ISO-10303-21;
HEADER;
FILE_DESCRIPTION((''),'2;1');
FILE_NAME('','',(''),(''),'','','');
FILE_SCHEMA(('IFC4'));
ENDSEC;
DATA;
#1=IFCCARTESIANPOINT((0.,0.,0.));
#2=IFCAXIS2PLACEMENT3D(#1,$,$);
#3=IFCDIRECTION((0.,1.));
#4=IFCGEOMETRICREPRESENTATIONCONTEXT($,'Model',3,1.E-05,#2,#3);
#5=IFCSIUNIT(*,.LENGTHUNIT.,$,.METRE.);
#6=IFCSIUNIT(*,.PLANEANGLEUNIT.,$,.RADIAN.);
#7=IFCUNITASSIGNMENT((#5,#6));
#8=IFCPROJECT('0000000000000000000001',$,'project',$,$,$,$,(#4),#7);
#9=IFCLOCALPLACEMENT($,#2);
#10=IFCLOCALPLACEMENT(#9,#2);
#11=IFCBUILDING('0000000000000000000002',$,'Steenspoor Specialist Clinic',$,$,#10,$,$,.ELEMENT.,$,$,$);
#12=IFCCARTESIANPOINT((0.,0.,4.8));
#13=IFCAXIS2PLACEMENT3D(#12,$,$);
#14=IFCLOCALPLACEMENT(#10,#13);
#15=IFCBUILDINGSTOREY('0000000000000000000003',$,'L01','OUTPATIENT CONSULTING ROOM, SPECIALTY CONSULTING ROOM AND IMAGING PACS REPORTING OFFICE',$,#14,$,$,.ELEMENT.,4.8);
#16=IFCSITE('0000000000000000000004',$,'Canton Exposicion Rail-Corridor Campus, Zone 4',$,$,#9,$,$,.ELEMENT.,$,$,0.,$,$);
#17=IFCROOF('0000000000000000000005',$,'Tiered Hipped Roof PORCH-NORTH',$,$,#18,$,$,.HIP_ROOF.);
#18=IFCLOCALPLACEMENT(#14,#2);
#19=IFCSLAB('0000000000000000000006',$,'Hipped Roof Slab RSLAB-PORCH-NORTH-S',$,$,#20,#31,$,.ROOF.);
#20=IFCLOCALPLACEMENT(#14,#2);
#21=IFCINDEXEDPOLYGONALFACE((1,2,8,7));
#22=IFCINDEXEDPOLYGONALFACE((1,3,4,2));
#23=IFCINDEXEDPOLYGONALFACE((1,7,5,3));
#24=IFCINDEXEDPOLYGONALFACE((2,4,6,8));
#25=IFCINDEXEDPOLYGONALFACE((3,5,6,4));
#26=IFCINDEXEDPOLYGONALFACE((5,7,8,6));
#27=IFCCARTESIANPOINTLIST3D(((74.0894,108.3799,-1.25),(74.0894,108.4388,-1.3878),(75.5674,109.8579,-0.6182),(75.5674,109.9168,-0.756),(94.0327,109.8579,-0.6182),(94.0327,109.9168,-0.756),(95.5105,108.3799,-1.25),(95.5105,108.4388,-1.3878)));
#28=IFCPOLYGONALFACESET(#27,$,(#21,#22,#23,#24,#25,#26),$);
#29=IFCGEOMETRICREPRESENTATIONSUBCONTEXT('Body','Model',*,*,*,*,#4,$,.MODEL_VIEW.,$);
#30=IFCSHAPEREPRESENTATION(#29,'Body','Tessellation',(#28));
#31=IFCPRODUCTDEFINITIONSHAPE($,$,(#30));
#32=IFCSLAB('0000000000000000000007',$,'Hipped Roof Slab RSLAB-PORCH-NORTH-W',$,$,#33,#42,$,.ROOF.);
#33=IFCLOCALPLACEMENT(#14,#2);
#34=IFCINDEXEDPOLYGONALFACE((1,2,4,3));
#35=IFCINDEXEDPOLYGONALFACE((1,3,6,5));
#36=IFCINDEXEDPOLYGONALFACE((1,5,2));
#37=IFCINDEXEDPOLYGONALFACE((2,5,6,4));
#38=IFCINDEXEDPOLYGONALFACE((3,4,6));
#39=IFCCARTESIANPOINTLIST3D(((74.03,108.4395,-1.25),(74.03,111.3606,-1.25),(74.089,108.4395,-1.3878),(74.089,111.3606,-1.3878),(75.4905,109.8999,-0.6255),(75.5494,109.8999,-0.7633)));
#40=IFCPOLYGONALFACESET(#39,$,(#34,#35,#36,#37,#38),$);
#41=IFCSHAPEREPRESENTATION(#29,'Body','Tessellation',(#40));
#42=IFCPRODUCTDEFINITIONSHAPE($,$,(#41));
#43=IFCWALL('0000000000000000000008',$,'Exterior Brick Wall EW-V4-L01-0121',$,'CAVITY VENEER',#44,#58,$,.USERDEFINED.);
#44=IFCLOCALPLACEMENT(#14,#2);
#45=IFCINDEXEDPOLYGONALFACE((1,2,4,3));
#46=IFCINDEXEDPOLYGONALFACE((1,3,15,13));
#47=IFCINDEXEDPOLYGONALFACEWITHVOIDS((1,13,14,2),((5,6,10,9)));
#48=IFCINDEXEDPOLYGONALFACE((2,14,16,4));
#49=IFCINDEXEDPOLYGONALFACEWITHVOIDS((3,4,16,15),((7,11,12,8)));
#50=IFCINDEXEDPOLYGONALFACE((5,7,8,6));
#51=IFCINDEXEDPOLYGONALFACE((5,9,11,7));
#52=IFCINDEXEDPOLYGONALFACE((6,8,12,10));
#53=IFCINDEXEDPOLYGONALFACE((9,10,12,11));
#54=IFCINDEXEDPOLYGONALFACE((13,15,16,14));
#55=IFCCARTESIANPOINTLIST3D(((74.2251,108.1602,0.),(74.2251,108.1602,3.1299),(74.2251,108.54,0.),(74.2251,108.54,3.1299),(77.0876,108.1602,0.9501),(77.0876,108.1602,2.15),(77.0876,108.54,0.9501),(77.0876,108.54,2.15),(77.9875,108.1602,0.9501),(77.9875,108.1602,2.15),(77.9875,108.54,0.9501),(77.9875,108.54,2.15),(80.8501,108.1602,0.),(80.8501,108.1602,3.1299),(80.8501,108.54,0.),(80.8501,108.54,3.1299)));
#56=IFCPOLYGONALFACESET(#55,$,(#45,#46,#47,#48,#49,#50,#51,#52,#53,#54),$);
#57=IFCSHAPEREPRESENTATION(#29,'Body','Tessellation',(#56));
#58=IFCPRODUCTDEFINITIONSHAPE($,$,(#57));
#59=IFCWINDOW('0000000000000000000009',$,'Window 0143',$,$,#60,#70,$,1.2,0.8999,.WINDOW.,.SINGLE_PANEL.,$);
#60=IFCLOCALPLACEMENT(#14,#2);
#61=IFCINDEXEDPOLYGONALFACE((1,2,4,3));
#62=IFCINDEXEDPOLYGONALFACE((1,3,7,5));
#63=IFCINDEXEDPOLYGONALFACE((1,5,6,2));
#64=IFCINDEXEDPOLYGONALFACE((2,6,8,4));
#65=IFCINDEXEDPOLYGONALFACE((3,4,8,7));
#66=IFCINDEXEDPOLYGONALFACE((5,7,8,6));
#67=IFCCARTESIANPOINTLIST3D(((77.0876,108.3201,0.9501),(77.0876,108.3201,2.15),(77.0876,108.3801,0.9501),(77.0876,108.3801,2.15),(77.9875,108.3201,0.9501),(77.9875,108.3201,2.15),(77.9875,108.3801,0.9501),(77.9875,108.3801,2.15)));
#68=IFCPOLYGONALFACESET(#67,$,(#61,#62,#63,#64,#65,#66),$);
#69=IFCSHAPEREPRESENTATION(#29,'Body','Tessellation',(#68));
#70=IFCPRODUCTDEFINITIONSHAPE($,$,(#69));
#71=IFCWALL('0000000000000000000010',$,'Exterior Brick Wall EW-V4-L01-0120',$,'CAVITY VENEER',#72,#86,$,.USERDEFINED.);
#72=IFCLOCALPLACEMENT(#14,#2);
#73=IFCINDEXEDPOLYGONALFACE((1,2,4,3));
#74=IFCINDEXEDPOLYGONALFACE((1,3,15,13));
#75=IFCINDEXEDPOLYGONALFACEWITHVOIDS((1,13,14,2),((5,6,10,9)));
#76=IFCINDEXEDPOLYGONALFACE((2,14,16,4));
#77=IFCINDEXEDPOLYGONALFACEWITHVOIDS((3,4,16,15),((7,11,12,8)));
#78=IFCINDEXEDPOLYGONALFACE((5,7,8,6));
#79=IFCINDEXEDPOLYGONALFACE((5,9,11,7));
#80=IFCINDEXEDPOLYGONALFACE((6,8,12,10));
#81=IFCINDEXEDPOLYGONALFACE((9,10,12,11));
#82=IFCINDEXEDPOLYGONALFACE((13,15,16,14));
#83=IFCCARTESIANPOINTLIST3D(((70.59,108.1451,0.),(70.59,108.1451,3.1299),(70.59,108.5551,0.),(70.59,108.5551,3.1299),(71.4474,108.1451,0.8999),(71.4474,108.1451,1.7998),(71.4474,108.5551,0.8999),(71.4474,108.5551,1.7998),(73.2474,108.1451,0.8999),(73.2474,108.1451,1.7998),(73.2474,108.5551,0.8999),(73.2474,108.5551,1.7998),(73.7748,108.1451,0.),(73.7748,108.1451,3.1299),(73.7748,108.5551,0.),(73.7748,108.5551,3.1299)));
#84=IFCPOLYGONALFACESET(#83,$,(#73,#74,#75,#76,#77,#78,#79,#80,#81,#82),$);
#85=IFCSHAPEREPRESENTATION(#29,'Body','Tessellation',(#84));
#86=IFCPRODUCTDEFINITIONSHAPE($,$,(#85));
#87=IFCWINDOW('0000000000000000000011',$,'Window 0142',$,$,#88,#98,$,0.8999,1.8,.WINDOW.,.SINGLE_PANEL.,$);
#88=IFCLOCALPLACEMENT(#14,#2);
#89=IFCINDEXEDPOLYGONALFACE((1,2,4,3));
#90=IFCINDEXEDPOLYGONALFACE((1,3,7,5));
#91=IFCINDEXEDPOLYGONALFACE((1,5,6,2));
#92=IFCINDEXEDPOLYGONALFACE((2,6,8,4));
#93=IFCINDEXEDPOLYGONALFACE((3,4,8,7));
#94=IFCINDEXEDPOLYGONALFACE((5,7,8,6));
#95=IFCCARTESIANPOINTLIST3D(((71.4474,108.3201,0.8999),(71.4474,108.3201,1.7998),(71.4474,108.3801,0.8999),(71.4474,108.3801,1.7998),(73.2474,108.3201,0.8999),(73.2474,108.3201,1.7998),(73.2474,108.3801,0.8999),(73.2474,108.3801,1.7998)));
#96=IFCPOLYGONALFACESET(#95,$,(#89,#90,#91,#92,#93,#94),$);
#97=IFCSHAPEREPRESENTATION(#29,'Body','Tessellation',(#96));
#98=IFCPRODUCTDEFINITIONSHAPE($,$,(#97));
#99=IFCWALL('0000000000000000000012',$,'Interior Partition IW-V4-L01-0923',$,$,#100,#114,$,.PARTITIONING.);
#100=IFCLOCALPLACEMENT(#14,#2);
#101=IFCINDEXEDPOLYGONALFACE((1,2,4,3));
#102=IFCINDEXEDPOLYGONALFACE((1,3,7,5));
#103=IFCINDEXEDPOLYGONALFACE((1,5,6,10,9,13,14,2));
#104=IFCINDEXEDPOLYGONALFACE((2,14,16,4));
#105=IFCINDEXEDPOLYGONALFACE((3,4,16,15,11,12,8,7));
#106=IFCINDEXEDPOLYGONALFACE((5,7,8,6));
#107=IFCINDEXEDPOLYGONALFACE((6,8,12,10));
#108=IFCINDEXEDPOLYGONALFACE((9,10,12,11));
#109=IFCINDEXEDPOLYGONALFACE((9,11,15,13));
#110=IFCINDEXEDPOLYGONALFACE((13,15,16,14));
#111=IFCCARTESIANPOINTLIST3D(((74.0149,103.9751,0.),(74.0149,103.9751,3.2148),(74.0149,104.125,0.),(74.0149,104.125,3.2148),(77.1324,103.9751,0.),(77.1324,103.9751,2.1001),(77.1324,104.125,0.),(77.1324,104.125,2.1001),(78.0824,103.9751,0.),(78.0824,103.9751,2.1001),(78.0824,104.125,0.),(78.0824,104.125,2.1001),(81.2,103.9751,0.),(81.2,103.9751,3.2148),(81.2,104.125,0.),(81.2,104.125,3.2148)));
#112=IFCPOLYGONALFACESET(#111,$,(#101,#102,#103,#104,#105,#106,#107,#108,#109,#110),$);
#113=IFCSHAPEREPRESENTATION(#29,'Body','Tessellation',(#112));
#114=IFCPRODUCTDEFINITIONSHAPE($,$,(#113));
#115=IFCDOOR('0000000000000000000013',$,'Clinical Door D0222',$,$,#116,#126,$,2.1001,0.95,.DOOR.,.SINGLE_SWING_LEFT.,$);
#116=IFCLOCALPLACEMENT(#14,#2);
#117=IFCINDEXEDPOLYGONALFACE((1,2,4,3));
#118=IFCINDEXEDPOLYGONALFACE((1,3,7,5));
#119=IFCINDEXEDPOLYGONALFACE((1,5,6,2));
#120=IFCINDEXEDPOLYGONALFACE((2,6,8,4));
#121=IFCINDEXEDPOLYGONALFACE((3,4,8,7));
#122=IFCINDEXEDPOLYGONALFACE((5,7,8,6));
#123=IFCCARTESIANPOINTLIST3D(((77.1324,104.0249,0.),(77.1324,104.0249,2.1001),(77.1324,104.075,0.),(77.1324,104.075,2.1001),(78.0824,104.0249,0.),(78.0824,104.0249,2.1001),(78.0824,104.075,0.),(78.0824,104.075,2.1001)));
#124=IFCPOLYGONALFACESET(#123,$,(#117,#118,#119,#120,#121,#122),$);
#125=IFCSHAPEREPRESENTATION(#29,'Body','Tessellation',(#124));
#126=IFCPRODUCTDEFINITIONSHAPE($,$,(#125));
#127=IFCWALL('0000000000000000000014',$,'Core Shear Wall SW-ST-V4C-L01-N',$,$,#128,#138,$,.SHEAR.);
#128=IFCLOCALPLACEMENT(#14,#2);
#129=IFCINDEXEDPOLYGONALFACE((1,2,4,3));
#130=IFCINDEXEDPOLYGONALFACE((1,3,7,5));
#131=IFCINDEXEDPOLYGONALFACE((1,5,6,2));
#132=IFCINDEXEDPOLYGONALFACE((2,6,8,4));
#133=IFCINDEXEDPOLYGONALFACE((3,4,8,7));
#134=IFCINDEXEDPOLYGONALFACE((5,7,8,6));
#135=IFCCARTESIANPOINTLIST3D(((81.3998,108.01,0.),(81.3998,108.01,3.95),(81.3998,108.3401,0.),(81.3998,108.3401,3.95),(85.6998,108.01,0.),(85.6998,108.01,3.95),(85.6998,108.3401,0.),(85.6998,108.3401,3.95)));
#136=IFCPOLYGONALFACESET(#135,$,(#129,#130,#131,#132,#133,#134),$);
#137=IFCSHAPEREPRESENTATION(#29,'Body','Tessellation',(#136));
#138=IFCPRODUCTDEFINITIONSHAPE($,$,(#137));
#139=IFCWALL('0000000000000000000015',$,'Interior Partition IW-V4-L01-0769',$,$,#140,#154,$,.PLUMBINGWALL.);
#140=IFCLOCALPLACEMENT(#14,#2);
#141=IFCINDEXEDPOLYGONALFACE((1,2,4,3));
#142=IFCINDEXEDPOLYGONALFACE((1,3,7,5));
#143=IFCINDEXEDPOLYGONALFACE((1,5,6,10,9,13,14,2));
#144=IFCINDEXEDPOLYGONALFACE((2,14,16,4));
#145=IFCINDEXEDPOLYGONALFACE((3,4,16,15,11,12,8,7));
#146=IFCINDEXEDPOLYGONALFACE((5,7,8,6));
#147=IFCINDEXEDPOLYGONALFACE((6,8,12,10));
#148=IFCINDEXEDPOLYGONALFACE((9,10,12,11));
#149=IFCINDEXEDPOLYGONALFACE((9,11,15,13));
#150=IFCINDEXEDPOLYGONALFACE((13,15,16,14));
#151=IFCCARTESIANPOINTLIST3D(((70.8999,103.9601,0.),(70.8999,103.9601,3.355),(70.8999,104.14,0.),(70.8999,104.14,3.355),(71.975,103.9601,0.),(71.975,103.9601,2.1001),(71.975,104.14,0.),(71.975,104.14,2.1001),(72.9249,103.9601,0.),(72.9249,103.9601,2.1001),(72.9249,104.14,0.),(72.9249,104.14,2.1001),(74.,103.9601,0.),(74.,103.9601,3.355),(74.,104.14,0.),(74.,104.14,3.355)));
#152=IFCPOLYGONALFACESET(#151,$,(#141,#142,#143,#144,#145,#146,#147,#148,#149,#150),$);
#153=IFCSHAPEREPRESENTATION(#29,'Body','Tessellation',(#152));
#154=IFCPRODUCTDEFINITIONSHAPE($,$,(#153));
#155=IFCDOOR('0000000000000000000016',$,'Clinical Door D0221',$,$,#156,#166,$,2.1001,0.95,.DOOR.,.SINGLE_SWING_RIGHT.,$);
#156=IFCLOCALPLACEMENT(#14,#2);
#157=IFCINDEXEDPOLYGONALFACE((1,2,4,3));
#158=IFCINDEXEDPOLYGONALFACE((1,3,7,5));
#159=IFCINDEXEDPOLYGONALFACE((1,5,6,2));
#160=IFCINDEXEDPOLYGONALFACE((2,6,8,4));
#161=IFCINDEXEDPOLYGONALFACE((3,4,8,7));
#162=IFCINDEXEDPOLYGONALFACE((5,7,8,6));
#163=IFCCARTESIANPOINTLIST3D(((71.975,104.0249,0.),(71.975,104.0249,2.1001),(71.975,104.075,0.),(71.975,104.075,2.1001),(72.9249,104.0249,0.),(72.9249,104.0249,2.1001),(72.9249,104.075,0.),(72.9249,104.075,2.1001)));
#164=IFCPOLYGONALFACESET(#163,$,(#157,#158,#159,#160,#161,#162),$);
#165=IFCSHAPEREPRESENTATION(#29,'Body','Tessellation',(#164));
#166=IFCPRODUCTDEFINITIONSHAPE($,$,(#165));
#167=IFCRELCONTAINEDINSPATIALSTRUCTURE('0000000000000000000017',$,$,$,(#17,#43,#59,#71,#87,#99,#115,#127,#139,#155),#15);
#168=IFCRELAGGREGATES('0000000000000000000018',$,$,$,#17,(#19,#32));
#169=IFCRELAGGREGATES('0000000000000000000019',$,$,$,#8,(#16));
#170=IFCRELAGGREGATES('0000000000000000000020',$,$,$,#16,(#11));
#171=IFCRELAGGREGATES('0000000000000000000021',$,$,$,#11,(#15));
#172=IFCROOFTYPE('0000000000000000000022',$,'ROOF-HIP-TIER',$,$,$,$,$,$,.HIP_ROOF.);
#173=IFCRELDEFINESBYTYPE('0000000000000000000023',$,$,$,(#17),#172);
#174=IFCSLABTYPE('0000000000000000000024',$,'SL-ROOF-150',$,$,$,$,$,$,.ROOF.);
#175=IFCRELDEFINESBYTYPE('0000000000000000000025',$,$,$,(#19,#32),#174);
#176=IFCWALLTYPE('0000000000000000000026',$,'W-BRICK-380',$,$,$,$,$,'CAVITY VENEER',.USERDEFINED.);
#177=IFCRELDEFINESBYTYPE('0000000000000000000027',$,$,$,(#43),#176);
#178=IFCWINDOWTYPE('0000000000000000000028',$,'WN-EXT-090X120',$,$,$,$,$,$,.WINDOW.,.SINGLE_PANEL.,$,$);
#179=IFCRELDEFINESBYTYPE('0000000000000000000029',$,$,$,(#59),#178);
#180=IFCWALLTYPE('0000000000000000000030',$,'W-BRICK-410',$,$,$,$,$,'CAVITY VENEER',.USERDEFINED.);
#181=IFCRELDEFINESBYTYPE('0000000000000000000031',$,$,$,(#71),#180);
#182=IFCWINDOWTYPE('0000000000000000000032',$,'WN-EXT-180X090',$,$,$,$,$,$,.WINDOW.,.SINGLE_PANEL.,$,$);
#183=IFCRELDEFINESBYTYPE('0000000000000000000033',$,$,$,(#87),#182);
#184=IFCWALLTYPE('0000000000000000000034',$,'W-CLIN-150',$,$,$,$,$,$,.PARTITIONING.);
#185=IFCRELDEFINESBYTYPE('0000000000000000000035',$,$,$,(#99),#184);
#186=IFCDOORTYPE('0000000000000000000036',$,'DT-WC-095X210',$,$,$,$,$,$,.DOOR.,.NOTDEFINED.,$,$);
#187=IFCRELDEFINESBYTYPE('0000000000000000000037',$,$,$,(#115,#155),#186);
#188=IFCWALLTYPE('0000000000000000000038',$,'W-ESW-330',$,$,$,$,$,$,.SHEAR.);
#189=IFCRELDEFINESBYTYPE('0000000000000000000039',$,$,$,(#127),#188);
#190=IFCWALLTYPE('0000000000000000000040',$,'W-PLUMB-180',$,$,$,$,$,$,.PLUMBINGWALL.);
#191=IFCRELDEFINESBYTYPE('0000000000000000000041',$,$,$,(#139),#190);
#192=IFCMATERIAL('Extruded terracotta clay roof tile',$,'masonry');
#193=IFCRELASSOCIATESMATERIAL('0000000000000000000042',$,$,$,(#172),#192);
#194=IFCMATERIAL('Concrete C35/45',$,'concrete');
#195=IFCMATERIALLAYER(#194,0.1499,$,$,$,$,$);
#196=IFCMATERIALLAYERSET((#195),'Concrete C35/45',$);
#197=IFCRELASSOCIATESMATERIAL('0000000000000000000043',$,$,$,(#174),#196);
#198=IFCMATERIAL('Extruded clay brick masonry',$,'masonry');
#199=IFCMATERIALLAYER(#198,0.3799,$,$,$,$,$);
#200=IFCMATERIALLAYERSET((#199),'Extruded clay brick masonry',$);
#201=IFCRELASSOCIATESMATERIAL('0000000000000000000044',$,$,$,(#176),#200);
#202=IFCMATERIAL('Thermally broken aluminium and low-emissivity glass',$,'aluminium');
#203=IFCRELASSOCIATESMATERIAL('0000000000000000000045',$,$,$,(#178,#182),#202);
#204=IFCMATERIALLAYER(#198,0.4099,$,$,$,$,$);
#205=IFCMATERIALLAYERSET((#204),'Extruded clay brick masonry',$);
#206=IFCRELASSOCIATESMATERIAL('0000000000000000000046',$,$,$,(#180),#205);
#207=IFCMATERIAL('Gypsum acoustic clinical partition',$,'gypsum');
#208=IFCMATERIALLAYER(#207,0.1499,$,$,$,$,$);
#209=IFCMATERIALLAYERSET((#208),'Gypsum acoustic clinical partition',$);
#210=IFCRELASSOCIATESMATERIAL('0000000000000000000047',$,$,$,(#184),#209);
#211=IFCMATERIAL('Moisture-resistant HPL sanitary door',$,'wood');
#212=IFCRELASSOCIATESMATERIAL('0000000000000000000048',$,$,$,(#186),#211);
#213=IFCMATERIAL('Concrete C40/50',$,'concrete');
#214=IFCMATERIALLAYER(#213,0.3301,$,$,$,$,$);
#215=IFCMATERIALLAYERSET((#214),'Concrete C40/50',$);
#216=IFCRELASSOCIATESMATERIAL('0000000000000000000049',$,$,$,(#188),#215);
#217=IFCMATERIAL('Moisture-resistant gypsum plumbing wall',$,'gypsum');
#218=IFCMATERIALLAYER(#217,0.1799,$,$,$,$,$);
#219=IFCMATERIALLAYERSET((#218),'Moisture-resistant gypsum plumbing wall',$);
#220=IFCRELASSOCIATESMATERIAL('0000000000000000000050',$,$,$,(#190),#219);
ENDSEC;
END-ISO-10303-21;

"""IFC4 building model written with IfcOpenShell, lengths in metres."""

from ifc_helpers import new_model, si_unit, direction, frame, frame_2d, origin, place, context, subcontext, project, spatial, polyline, rectangle, outline, extrude, material, layer, layer_set, type_object, element, fill, aggregate, save


model = new_model("IFC4")

# Units and contexts
model_context = context("Model", 3, precision=1e-05, world=origin(), true_north=direction((0.0, 1.0)))
body_context = subcontext(model_context, "Body", "Model", "MODEL_VIEW")
ifc_project = project(units=[si_unit("LENGTHUNIT", "METRE"), si_unit("PLANEANGLEUNIT", "RADIAN")], contexts=[model_context])

# Site, building, storey
site_placement = place(None, origin())
site = spatial("IfcSite", under=ifc_project, at=site_placement, Name="Canton Exposicion Rail-Corridor Campus, Zone 4", CompositionType="ELEMENT", RefElevation=0.0)
building_placement = place(site_placement, origin())
building = spatial("IfcBuilding", under=site, at=building_placement, Name="Steenspoor Specialist Clinic", CompositionType="ELEMENT")
storey_placement = place(building_placement, frame((0.0, 0.0, 4.8)))
storey = spatial("IfcBuildingStorey", under=building, at=storey_placement, Name="L01", Description="OUTPATIENT CONSULTING ROOM, SPECIALTY CONSULTING ROOM AND IMAGING PACS REPORTING OFFICE", CompositionType="ELEMENT", Elevation=4.8)

# Shared definitions
ifc_material_1 = material(Name="Concrete C40/50", Category="concrete")

# Shared definitions
ifc_material_2 = material(Name="Concrete C35/45", Category="concrete")

# Shared definitions
ifc_material_3 = material(Name="Thermally broken aluminium and low-emissivity glass", Category="aluminium")

# Roof, slabs
ifc_material_4 = material(Name="Extruded terracotta clay roof tile", Category="masonry")
roof_type = type_object("IfcRoofType", Name="ROOF-HIP-TIER", PredefinedType="HIP_ROOF", material=ifc_material_4)
roof_placement = place(storey_placement, origin())
roof = element("IfcRoof", 1, at=roof_placement, inside=storey, type_object=roof_type, Name="Tiered Hipped Roof PORCH-NORTH", PredefinedType="HIP_ROOF")
ifc_layer_1 = layer(ifc_material_2, 0.1499)
ifc_layer_set_1 = layer_set([ifc_layer_1], Name="Concrete C35/45")
slab_type = type_object("IfcSlabType", Name="SL-ROOF-150", PredefinedType="ROOF", material=ifc_layer_set_1)
slab_1_placement = place(storey_placement, frame((75.5674, 109.8579, -0.6182), z_axis=(0.0, -0.393076, 0.919506), x_axis=(-0.67686, -0.67686, -0.289348)))
slab_1 = element("IfcSlab", 2, at=slab_1_placement, type_object=slab_type, Name="Hipped Roof Slab RSLAB-PORCH-NORTH-S", PredefinedType="ROOF", context=body_context, shape_type="SweptSolid", body=[
    extrude(outline(polyline([(0.0, 0.0), (2.1837, 0.0), (-12.3155, 15.7684), (-12.4984, 13.5926), (0.0, 0.0)])), origin(), (0.0, 0.0, -1.0), 0.1499),
])
slab_2_placement = place(storey_placement, frame((75.4905, 109.8999, -0.6255), z_axis=(-0.393177, 0.0, 0.919463), x_axis=(-0.67679, 0.676904, -0.289407)))
slab_2 = element("IfcSlab", 3, at=slab_2_placement, type_object=slab_type, Name="Hipped Roof Slab RSLAB-PORCH-NORTH-W", PredefinedType="ROOF", context=body_context, shape_type="SweptSolid", body=[
    extrude(outline(polyline([(0.0, 0.0), (2.1579, 0.0), (0.1806, 2.1502), (0.0, 0.0)])), origin(), (0.0, 0.0, -1.0), 0.1499),
])
aggregate(roof, [slab_1, slab_2])

# Walls, openings, windows
ifc_material_5 = material(Name="Extruded clay brick masonry", Category="masonry")
ifc_layer_2 = layer(ifc_material_5, 0.3799)
ifc_layer_set_2 = layer_set([ifc_layer_2], Name="Extruded clay brick masonry")
wall_type_1 = type_object("IfcWallType", Name="W-BRICK-380", ElementType="CAVITY VENEER", PredefinedType="USERDEFINED", material=ifc_layer_set_2)
wall_1_placement = place(storey_placement, frame((74.2251, 108.3501, 0.0), z_axis=(0.0, 0.0, 1.0), x_axis=(1.0, 0.0, 0.0)))
wall_1 = element("IfcWall", 4, at=wall_1_placement, inside=storey, type_object=wall_type_1, Name="Exterior Brick Wall EW-V4-L01-0121", ObjectType="CAVITY VENEER", PredefinedType="USERDEFINED", context=body_context, shape_type="SweptSolid", body=[
    extrude(rectangle(XDim=6.625, YDim=0.3799, at=frame_2d((3.3125, 0.0))), origin(), (0.0, 0.0, 1.0), 3.1299),
])
opening_1_placement = place(wall_1_placement, frame((2.8625, 0.0, 0.95)))
opening_1 = element("IfcOpeningElement", 5, at=opening_1_placement, cuts=wall_1, PredefinedType="OPENING", context=body_context, shape_type="SweptSolid", body=[
    extrude(rectangle(XDim=0.8999, YDim=1.2, at=frame_2d((0.45, 0.6001))), frame((0.0, 0.2, 0.0), z_axis=(0.0, -1.0, 0.0), x_axis=(1.0, 0.0, 0.0)), (0.0, 0.0, 1.0), 0.3999),
])
window_type_1 = type_object("IfcWindowType", Name="WN-EXT-090X120", PartitioningType="SINGLE_PANEL", PredefinedType="WINDOW", material=ifc_material_3)
window_1_placement = place(opening_1_placement, origin())
window_1 = element("IfcWindow", 6, at=window_1_placement, inside=storey, type_object=window_type_1, Name="Window 0143", OverallHeight=1.2, OverallWidth=0.8999, PartitioningType="SINGLE_PANEL", PredefinedType="WINDOW", context=body_context, shape_type="SweptSolid", body=[
    extrude(rectangle(XDim=0.8999, YDim=1.2, at=frame_2d((0.45, 0.6001))), frame((0.0, 0.03, 0.0), z_axis=(0.0, -1.0, 0.0), x_axis=(1.0, 0.0, 0.0)), (0.0, 0.0, 1.0), 0.0601),
])
fill(opening_1, window_1)
ifc_layer_3 = layer(ifc_material_5, 0.4099)
ifc_layer_set_3 = layer_set([ifc_layer_3], Name="Extruded clay brick masonry")
wall_type_2 = type_object("IfcWallType", Name="W-BRICK-410", ElementType="CAVITY VENEER", PredefinedType="USERDEFINED", material=ifc_layer_set_3)
wall_2_placement = place(storey_placement, frame((70.5901, 108.3501, 0.0), z_axis=(0.0, 0.0, 1.0), x_axis=(1.0, 0.0, 0.0)))
wall_2 = element("IfcWall", 7, at=wall_2_placement, inside=storey, type_object=wall_type_2, Name="Exterior Brick Wall EW-V4-L01-0120", ObjectType="CAVITY VENEER", PredefinedType="USERDEFINED", context=body_context, shape_type="SweptSolid", body=[
    extrude(rectangle(XDim=3.1848, YDim=0.4099, at=frame_2d((1.5923, 0.0))), origin(), (0.0, 0.0, 1.0), 3.1299),
])
opening_2_placement = place(wall_2_placement, frame((0.8574, 0.0, 0.8999)))
opening_2 = element("IfcOpeningElement", 8, at=opening_2_placement, cuts=wall_2, PredefinedType="OPENING", context=body_context, shape_type="SweptSolid", body=[
    extrude(rectangle(XDim=1.8, YDim=0.8999, at=frame_2d((0.8999, 0.45))), frame((0.0, 0.2148, 0.0), z_axis=(0.0, -1.0, 0.0), x_axis=(1.0, 0.0, 0.0)), (0.0, 0.0, 1.0), 0.4299),
])
window_type_2 = type_object("IfcWindowType", Name="WN-EXT-180X090", PartitioningType="SINGLE_PANEL", PredefinedType="WINDOW", material=ifc_material_3)
window_2_placement = place(opening_2_placement, origin())
window_2 = element("IfcWindow", 9, at=window_2_placement, inside=storey, type_object=window_type_2, Name="Window 0142", OverallHeight=0.8999, OverallWidth=1.8, PartitioningType="SINGLE_PANEL", PredefinedType="WINDOW", context=body_context, shape_type="SweptSolid", body=[
    extrude(rectangle(XDim=1.8, YDim=0.8999, at=frame_2d((0.8999, 0.45))), frame((0.0, 0.03, 0.0), z_axis=(0.0, -1.0, 0.0), x_axis=(1.0, 0.0, 0.0)), (0.0, 0.0, 1.0), 0.0601),
])
fill(opening_2, window_2)

# Wall, opening, door
ifc_material_6 = material(Name="Gypsum acoustic clinical partition", Category="gypsum")
ifc_layer_4 = layer(ifc_material_6, 0.1499)
ifc_layer_set_4 = layer_set([ifc_layer_4], Name="Gypsum acoustic clinical partition")
wall_type_3 = type_object("IfcWallType", Name="W-CLIN-150", PredefinedType="PARTITIONING", material=ifc_layer_set_4)
wall_3_placement = place(storey_placement, frame((74.0149, 104.05, 0.0), z_axis=(0.0, 0.0, 1.0), x_axis=(1.0, 0.0, 0.0)))
wall_3 = element("IfcWall", 10, at=wall_3_placement, inside=storey, type_object=wall_type_3, Name="Interior Partition IW-V4-L01-0923", PredefinedType="PARTITIONING", context=body_context, shape_type="SweptSolid", body=[
    extrude(rectangle(XDim=7.1851, YDim=0.1499, at=frame_2d((3.5925, 0.0))), origin(), (0.0, 0.0, 1.0), 3.2148),
])
opening_3_placement = place(wall_3_placement, frame((3.1174, 0.0, 0.0)))
opening_3 = element("IfcOpeningElement", 11, at=opening_3_placement, cuts=wall_3, PredefinedType="OPENING", context=body_context, shape_type="SweptSolid", body=[
    extrude(rectangle(XDim=0.95, YDim=2.1001, at=frame_2d((0.4751, 1.05))), frame((0.0, 0.085, 0.0), z_axis=(0.0, -1.0, 0.0), x_axis=(1.0, 0.0, 0.0)), (0.0, 0.0, 1.0), 0.1699),
])
ifc_material_7 = material(Name="Moisture-resistant HPL sanitary door", Category="wood")
door_type = type_object("IfcDoorType", Name="DT-WC-095X210", OperationType="NOTDEFINED", PredefinedType="DOOR", material=ifc_material_7)
door_1_placement = place(opening_3_placement, origin())
door_1 = element("IfcDoor", 12, at=door_1_placement, inside=storey, type_object=door_type, Name="Clinical Door D0222", OperationType="SINGLE_SWING_LEFT", OverallHeight=2.1001, OverallWidth=0.95, PredefinedType="DOOR", context=body_context, shape_type="SweptSolid", body=[
    extrude(rectangle(XDim=0.95, YDim=2.1001, at=frame_2d((0.4751, 1.05))), frame((0.0, 0.0249, 0.0), z_axis=(0.0, -1.0, 0.0), x_axis=(1.0, 0.0, 0.0)), (0.0, 0.0, 1.0), 0.05),
])
fill(opening_3, door_1)

# Wall
ifc_layer_5 = layer(ifc_material_1, 0.3301)
ifc_layer_set_5 = layer_set([ifc_layer_5], Name="Concrete C40/50")
wall_type_4 = type_object("IfcWallType", Name="W-ESW-330", PredefinedType="SHEAR", material=ifc_layer_set_5)
wall_4_placement = place(storey_placement, frame((81.3999, 108.175, 0.0), z_axis=(0.0, 0.0, 1.0), x_axis=(1.0, 0.0, 0.0)))
element("IfcWall", 13, at=wall_4_placement, inside=storey, type_object=wall_type_4, Name="Core Shear Wall SW-ST-V4C-L01-N", PredefinedType="SHEAR", context=body_context, shape_type="SweptSolid", body=[
    extrude(rectangle(XDim=4.3, YDim=0.3301, at=frame_2d((2.1499, 0.0))), origin(), (0.0, 0.0, 1.0), 3.95),
])

# Wall, opening, door
ifc_material_8 = material(Name="Moisture-resistant gypsum plumbing wall", Category="gypsum")
ifc_layer_6 = layer(ifc_material_8, 0.1799)
ifc_layer_set_6 = layer_set([ifc_layer_6], Name="Moisture-resistant gypsum plumbing wall")
wall_type_5 = type_object("IfcWallType", Name="W-PLUMB-180", PredefinedType="PLUMBINGWALL", material=ifc_layer_set_6)
wall_5_placement = place(storey_placement, frame((70.8999, 104.05, 0.0), z_axis=(0.0, 0.0, 1.0), x_axis=(1.0, 0.0, 0.0)))
wall_5 = element("IfcWall", 14, at=wall_5_placement, inside=storey, type_object=wall_type_5, Name="Interior Partition IW-V4-L01-0769", PredefinedType="PLUMBINGWALL", context=body_context, shape_type="SweptSolid", body=[
    extrude(rectangle(XDim=3.1001, YDim=0.1799, at=frame_2d((1.55, 0.0))), origin(), (0.0, 0.0, 1.0), 3.355),
])
opening_4_placement = place(wall_5_placement, frame((1.075, 0.0, 0.0)))
opening_4 = element("IfcOpeningElement", 15, at=opening_4_placement, cuts=wall_5, PredefinedType="OPENING", context=body_context, shape_type="SweptSolid", body=[
    extrude(rectangle(XDim=0.95, YDim=2.1001, at=frame_2d((0.4751, 1.05))), frame((0.0, 0.1001, 0.0), z_axis=(0.0, -1.0, 0.0), x_axis=(1.0, 0.0, 0.0)), (0.0, 0.0, 1.0), 0.2),
])
door_2_placement = place(opening_4_placement, origin())
door_2 = element("IfcDoor", 16, at=door_2_placement, inside=storey, type_object=door_type, Name="Clinical Door D0221", OperationType="SINGLE_SWING_RIGHT", OverallHeight=2.1001, OverallWidth=0.95, PredefinedType="DOOR", context=body_context, shape_type="SweptSolid", body=[
    extrude(rectangle(XDim=0.95, YDim=2.1001, at=frame_2d((0.4751, 1.05))), frame((0.0, 0.0249, 0.0), z_axis=(0.0, -1.0, 0.0), x_axis=(1.0, 0.0, 0.0)), (0.0, 0.0, 1.0), 0.05),
])
fill(opening_4, door_2)

save(model, "model.ifc")
